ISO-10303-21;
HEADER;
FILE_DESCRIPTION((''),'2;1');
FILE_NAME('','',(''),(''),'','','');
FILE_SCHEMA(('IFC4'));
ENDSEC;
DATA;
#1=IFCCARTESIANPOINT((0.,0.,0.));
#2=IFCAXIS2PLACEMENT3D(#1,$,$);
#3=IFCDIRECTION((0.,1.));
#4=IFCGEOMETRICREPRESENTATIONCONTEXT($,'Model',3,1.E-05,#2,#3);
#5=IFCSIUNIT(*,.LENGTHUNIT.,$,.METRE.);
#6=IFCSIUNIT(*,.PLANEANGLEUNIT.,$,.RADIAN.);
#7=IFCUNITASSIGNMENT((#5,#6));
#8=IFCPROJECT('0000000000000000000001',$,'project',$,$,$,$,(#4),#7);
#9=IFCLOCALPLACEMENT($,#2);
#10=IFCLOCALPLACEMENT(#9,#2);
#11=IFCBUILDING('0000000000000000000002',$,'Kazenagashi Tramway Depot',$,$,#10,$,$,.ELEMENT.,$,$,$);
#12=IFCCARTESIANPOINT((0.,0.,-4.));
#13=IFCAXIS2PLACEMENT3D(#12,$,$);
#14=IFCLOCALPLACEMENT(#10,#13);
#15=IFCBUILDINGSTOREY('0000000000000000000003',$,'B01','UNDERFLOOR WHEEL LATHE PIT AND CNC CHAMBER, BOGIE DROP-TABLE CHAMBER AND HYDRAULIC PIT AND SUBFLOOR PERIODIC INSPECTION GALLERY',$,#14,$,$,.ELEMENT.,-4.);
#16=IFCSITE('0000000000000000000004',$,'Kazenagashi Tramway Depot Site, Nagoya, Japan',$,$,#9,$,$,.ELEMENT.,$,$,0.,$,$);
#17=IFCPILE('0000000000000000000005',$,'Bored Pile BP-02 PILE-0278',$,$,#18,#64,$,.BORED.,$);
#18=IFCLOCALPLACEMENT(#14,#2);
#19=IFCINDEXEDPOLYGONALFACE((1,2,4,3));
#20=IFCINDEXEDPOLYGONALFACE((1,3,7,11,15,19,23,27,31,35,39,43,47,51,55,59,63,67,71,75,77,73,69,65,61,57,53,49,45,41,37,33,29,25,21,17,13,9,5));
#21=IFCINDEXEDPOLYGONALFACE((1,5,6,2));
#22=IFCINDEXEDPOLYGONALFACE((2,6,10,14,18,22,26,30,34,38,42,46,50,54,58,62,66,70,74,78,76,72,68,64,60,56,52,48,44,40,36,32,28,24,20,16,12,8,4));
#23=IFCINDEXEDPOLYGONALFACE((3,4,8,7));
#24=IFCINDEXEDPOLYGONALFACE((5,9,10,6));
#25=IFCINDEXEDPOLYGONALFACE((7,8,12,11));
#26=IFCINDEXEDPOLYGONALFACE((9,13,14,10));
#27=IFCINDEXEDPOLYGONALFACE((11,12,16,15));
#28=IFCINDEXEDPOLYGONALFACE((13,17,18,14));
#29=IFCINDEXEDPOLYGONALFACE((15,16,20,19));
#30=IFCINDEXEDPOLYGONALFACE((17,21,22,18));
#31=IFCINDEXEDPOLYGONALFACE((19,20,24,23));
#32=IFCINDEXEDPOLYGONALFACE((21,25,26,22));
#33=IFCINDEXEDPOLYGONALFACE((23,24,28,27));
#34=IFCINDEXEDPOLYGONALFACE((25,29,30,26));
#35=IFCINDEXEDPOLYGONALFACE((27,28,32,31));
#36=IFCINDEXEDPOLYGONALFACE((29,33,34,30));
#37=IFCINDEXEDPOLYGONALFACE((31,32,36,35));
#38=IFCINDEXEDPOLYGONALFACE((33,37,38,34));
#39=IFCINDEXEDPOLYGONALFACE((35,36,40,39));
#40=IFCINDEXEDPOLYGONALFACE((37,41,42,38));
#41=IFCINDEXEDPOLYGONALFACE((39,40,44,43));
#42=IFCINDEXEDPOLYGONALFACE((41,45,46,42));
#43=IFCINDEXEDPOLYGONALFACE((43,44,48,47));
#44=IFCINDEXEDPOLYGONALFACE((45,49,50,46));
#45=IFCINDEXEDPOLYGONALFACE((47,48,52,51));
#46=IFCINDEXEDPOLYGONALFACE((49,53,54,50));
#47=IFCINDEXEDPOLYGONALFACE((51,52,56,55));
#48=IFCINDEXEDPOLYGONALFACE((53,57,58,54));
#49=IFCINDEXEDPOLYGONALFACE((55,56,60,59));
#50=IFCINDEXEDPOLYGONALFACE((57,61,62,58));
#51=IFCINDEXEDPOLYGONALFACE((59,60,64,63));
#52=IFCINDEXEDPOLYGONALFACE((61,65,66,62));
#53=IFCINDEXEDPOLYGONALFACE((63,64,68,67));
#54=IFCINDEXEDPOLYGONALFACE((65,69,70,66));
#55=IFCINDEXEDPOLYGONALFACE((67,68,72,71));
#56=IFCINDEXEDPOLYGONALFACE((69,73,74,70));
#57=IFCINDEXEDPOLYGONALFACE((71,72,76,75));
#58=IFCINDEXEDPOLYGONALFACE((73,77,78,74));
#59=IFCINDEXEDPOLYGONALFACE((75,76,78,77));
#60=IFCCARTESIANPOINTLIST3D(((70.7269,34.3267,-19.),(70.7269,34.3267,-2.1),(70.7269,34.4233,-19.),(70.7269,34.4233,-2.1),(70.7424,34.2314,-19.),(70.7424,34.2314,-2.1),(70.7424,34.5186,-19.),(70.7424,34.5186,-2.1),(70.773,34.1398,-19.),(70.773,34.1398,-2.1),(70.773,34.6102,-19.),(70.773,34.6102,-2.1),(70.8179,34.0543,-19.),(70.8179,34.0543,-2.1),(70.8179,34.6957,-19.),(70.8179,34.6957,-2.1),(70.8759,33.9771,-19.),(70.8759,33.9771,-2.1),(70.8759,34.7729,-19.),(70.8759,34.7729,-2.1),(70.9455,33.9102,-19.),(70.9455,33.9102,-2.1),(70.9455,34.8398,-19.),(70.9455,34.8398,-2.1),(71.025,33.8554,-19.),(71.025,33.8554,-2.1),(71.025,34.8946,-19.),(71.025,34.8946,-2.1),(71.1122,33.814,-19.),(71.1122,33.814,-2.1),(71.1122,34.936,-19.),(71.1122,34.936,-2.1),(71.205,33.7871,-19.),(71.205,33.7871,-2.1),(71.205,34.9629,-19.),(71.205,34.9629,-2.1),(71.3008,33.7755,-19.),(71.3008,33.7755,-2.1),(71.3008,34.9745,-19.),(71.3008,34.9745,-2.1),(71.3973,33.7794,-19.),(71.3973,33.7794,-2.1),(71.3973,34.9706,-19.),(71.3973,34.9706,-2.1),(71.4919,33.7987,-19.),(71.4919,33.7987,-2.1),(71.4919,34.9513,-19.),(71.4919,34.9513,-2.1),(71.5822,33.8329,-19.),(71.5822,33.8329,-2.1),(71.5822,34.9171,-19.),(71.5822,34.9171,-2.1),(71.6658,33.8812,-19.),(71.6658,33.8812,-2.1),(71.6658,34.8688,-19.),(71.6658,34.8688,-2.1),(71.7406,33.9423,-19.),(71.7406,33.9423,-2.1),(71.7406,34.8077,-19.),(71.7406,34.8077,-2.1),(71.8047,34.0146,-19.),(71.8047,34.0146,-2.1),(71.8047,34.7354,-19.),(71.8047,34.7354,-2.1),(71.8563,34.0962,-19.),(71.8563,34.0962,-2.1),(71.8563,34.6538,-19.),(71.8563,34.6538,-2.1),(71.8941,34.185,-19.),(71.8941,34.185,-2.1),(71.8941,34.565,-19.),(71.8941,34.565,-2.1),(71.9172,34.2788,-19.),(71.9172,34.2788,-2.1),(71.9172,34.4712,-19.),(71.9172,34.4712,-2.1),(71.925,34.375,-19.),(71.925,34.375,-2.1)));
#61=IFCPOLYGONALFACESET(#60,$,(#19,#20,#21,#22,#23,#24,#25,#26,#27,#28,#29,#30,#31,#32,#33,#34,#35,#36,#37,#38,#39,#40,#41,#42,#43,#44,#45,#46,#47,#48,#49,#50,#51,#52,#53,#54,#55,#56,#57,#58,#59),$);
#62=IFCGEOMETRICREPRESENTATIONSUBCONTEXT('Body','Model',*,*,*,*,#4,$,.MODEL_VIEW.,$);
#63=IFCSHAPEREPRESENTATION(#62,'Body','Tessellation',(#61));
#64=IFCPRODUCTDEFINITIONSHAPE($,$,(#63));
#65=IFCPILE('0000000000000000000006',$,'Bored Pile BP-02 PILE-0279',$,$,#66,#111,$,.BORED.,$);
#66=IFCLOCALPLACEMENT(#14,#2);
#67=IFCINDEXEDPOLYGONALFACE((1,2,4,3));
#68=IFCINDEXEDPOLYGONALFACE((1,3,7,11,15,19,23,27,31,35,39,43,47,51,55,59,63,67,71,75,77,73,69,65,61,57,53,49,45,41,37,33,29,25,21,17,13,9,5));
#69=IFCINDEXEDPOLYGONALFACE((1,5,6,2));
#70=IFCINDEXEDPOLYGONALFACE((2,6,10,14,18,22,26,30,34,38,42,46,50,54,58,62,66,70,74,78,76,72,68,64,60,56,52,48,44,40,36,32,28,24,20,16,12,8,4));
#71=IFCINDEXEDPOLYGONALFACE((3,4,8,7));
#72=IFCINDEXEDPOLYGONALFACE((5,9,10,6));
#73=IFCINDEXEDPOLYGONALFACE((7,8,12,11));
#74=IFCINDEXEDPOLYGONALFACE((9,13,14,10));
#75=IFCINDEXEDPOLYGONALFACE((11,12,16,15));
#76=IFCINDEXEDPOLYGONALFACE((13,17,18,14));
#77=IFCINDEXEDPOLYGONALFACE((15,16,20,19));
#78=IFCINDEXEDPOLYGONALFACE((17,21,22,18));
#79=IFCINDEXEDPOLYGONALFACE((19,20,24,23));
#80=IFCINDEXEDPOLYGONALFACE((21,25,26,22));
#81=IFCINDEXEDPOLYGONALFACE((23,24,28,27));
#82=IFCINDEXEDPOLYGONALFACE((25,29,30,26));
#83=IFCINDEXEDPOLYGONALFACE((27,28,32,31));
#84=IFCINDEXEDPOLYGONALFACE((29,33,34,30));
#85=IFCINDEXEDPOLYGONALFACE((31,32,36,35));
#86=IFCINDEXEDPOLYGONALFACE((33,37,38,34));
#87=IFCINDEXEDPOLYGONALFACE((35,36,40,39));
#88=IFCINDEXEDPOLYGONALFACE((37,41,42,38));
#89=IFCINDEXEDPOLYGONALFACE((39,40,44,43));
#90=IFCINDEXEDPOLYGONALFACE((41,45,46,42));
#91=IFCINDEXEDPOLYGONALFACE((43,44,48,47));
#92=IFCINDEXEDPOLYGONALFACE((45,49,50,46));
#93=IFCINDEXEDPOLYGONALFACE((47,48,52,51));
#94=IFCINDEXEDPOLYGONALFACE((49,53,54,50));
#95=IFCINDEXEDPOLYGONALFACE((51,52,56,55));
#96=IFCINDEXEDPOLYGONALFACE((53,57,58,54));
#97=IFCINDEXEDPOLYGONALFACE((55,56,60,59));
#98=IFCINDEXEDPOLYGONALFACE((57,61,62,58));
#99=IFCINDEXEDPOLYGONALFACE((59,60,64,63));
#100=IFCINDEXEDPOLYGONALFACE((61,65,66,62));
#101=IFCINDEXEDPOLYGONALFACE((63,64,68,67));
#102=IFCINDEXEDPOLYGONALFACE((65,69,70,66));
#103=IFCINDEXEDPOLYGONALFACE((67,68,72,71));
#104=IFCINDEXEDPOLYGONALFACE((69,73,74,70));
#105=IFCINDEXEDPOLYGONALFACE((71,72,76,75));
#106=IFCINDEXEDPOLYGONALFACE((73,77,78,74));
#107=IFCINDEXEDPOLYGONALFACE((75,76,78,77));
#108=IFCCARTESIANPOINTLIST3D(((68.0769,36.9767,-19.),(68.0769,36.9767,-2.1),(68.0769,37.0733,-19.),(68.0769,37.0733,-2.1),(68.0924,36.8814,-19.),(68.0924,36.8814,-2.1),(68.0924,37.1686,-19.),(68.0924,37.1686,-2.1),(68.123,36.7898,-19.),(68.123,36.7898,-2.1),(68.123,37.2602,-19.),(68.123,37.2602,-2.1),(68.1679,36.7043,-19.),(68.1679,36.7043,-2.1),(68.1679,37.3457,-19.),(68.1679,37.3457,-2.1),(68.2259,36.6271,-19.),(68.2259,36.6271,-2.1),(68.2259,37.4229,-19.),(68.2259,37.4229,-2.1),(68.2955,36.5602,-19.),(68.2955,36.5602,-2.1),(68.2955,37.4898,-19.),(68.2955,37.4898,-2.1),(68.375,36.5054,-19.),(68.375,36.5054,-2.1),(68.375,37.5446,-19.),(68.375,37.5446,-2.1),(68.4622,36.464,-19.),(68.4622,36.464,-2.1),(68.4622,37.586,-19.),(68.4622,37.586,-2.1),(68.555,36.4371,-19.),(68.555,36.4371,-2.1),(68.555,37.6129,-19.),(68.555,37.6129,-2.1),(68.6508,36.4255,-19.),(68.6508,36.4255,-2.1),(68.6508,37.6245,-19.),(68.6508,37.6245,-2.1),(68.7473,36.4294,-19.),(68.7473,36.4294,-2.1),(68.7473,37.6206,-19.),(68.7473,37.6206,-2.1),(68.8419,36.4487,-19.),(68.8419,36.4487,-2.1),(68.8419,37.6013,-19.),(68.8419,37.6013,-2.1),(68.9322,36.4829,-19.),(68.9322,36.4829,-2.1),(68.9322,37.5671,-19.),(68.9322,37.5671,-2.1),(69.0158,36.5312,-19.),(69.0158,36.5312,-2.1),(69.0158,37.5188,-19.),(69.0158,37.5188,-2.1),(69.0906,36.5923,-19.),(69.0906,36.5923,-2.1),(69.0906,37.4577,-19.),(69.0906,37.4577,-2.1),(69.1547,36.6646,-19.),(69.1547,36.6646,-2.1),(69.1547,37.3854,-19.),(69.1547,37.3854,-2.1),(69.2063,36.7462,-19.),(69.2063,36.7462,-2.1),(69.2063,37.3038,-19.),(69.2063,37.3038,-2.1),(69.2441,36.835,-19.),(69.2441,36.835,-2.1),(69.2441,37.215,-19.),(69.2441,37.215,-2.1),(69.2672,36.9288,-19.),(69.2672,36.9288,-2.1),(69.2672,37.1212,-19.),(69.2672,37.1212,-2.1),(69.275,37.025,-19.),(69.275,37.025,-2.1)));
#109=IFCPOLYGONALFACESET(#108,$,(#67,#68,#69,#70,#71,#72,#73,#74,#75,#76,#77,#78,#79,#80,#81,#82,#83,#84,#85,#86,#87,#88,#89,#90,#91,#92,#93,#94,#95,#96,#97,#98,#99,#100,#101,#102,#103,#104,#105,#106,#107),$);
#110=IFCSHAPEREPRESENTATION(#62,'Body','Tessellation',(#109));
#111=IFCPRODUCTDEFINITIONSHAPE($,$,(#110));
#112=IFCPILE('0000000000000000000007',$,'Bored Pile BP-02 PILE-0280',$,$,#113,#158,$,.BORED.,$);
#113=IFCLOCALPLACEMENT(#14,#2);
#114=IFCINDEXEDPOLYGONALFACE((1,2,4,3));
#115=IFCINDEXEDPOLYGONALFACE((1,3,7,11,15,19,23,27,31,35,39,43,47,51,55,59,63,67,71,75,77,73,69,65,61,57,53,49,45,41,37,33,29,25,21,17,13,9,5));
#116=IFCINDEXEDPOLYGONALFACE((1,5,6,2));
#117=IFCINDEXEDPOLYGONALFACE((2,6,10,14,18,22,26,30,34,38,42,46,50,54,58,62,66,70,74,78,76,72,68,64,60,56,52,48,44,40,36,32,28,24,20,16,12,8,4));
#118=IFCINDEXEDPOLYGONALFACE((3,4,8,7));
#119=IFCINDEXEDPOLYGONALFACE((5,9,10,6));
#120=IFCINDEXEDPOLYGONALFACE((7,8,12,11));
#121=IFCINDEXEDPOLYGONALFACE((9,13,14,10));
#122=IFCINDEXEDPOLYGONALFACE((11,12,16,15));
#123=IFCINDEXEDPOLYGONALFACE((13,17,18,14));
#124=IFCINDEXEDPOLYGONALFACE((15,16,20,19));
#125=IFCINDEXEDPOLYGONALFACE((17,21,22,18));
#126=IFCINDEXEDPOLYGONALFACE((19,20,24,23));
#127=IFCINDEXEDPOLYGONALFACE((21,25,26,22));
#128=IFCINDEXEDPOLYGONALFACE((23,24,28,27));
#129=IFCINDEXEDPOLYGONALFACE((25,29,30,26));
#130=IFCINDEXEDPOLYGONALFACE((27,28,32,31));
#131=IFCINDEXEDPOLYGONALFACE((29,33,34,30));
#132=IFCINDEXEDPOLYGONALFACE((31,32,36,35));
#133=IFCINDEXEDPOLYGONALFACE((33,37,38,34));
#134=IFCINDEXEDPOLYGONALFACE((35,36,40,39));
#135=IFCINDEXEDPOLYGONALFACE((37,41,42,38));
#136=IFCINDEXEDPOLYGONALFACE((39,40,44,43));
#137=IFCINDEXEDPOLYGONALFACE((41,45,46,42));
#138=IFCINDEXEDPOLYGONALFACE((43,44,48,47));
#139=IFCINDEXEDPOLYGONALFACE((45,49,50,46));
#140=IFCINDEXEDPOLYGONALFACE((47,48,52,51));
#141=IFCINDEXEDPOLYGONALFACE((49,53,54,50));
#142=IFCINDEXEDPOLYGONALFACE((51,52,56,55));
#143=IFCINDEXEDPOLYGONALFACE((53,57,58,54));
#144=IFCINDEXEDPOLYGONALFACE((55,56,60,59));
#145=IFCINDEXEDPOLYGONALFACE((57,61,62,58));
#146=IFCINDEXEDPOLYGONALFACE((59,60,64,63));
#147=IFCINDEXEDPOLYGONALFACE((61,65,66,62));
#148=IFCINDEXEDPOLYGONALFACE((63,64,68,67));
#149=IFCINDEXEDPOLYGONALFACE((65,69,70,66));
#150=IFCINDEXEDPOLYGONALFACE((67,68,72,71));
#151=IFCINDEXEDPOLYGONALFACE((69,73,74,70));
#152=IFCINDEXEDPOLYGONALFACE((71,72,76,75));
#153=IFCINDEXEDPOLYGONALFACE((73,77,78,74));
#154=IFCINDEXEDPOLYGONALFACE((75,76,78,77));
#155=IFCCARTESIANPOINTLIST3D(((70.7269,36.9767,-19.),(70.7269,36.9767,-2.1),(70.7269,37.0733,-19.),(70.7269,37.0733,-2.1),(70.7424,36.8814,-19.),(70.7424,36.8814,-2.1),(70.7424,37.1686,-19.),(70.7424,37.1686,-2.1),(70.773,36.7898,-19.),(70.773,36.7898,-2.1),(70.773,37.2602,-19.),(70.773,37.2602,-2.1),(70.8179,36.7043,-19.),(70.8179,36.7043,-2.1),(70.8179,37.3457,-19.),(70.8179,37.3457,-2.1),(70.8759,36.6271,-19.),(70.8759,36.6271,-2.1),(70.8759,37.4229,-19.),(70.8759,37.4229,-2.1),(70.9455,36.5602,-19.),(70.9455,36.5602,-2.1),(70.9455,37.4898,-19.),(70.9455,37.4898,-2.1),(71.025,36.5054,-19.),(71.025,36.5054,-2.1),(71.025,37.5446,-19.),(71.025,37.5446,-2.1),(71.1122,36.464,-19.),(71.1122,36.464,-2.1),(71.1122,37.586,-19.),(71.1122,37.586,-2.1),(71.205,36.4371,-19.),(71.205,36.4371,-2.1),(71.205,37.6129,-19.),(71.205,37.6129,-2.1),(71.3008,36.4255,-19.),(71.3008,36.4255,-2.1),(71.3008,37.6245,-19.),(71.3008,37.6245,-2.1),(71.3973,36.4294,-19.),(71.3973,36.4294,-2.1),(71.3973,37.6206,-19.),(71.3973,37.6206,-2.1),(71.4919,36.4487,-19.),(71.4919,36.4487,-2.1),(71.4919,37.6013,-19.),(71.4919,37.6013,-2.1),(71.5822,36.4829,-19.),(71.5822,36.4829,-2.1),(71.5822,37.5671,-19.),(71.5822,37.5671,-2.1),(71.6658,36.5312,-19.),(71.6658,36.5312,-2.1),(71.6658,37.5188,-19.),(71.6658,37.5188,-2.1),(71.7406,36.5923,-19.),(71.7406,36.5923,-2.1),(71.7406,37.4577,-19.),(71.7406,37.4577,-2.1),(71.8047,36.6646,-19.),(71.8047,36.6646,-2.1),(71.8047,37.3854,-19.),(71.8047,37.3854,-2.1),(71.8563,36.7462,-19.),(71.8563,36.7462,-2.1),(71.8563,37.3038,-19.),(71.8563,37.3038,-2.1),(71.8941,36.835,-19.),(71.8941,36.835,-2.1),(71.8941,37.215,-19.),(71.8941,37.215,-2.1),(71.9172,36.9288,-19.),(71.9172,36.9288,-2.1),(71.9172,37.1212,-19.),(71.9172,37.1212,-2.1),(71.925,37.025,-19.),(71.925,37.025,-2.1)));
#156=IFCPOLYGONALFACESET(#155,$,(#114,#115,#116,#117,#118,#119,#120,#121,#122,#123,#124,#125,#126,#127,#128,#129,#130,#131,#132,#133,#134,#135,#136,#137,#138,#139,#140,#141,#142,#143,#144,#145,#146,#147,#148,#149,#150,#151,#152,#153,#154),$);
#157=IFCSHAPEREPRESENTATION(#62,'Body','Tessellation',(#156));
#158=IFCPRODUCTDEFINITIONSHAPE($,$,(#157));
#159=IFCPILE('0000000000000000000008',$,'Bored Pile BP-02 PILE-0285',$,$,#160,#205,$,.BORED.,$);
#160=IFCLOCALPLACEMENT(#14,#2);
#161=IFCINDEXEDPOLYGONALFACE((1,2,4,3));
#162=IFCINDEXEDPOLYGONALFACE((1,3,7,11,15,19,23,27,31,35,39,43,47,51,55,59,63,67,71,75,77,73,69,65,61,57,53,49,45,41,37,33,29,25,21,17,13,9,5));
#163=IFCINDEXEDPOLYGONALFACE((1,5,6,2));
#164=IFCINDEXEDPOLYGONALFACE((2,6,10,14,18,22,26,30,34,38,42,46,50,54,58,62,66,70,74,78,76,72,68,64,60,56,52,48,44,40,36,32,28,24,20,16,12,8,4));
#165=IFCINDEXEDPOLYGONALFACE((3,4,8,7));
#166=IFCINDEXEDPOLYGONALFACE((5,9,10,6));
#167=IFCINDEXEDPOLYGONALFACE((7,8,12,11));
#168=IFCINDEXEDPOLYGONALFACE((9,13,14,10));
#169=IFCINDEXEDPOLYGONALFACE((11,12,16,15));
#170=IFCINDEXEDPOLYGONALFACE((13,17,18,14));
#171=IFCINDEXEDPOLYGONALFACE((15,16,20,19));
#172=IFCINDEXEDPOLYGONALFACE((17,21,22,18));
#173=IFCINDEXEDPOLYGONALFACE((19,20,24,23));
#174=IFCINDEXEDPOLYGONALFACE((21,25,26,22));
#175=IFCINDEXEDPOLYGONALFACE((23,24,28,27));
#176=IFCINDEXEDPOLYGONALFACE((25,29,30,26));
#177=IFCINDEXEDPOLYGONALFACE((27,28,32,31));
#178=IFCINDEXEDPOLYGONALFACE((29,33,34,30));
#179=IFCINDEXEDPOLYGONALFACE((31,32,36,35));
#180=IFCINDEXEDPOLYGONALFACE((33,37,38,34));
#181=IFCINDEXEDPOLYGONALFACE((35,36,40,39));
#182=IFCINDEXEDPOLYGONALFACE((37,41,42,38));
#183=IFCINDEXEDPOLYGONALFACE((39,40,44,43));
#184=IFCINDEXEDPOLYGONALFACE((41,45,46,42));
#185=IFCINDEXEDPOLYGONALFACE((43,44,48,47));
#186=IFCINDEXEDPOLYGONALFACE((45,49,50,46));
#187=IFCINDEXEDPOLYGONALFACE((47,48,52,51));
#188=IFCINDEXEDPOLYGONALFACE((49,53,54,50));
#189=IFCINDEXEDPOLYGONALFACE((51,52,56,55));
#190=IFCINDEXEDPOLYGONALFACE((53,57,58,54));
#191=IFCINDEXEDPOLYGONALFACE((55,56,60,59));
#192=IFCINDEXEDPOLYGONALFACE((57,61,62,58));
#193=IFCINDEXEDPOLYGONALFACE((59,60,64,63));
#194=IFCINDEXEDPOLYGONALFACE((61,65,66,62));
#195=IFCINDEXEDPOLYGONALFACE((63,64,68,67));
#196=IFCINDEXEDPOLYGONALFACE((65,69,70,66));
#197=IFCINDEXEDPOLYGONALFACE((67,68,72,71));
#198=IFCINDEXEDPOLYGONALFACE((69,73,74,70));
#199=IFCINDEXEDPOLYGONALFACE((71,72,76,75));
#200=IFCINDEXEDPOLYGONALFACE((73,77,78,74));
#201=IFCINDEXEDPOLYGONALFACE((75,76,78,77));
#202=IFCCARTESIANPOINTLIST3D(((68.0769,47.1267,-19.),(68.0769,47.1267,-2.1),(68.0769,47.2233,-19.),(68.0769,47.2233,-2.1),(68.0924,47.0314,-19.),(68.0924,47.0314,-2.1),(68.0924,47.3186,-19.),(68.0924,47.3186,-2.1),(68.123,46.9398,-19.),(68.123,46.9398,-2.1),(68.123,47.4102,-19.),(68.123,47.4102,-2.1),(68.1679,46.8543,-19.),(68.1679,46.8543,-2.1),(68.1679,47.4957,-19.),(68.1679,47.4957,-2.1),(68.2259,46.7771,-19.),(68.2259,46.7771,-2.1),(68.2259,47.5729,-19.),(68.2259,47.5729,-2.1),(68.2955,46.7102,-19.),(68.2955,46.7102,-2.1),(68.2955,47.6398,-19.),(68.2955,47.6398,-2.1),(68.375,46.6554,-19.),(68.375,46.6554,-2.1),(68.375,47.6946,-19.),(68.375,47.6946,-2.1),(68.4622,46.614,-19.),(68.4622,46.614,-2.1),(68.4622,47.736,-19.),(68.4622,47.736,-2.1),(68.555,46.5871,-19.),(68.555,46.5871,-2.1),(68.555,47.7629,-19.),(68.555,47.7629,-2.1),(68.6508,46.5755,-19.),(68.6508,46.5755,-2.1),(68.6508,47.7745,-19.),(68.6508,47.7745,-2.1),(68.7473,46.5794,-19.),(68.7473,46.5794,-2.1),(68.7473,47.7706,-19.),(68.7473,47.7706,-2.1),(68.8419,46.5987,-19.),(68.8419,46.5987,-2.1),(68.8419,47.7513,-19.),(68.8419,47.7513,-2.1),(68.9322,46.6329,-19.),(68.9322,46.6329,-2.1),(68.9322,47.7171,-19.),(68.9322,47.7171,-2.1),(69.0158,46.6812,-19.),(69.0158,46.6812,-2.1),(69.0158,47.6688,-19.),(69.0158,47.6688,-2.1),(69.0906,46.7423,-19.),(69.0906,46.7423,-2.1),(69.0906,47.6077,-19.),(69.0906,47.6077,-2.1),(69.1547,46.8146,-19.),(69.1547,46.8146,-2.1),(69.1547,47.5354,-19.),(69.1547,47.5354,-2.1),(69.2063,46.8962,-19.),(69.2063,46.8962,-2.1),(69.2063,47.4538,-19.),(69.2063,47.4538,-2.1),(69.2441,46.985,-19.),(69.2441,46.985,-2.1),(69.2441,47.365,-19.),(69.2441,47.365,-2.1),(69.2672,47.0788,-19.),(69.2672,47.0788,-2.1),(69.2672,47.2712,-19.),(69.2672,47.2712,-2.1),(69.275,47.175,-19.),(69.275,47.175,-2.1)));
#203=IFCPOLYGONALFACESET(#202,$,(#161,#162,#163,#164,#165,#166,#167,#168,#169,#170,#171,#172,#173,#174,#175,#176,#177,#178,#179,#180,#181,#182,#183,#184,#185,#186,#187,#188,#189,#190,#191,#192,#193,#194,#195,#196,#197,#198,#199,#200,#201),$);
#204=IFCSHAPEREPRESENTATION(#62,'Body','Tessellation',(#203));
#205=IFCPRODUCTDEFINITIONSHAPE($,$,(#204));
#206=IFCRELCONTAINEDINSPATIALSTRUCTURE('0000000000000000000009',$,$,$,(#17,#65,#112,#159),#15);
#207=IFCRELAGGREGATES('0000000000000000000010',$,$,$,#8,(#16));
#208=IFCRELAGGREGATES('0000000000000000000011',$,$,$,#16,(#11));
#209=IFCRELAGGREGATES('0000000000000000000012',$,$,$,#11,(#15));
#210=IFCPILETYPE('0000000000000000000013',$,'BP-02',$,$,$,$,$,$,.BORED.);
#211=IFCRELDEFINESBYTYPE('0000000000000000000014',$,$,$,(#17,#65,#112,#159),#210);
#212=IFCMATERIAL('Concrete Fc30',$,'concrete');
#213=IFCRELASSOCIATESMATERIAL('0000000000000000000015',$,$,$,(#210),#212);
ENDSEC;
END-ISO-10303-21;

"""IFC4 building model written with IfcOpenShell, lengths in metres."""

from ifc_helpers import new_model, si_unit, direction, frame, origin, origin_2d, place, context, subcontext, project, spatial, circle, extrude, material, material_profile, profile_set, type_object, element, save


model = new_model("IFC4")

# Units and contexts
model_context = context("Model", 3, precision=1e-05, world=origin(), true_north=direction((0.0, 1.0)))
body_context = subcontext(model_context, "Body", "Model", "MODEL_VIEW")
ifc_project = project(units=[si_unit("LENGTHUNIT", "METRE"), si_unit("PLANEANGLEUNIT", "RADIAN")], contexts=[model_context])

# Site, building, storey
site_placement = place(None, origin())
site = spatial("IfcSite", under=ifc_project, at=site_placement, Name="Kazenagashi Tramway Depot Site, Nagoya, Japan", CompositionType="ELEMENT", RefElevation=0.0)
building_placement = place(site_placement, origin())
building = spatial("IfcBuilding", under=site, at=building_placement, Name="Kazenagashi Tramway Depot", CompositionType="ELEMENT")
storey_placement = place(building_placement, frame((0.0, 0.0, -4.0)))
storey = spatial("IfcBuildingStorey", under=building, at=storey_placement, Name="B01", Description="UNDERFLOOR WHEEL LATHE PIT AND CNC CHAMBER, BOGIE DROP-TABLE CHAMBER AND HYDRAULIC PIT AND SUBFLOOR PERIODIC INSPECTION GALLERY", CompositionType="ELEMENT", Elevation=-4.0)

# Piles
ifc_material_1 = material(Name="Concrete Fc30", Category="concrete")
ifc_material_profile_1 = material_profile(ifc_material_1, circle(Radius=0.6, at=origin_2d()), Name="PILE-1200")
ifc_profile_set_1 = profile_set([ifc_material_profile_1], Name="Concrete Fc30")
pile_type = type_object("IfcPileType", Name="BP-02", PredefinedType="BORED", material=ifc_profile_set_1)
for number, where, z_axis, x_axis, name in (
    (1, (71.325, 34.375, -2.1), (0.0, 0.0, -1.0), (1.0, 0.0, 0.0), "Bored Pile BP-02 PILE-0278"),
    (2, (68.675, 37.025, -2.1), (0.0, 0.0, -1.0), (1.0, 0.0, 0.0), "Bored Pile BP-02 PILE-0279"),
    (3, (71.325, 37.025, -2.1), (0.0, 0.0, -1.0), (1.0, 0.0, 0.0), "Bored Pile BP-02 PILE-0280"),
    (4, (68.675, 47.175, -2.1), (0.0, 0.0, -1.0), (1.0, 0.0, 0.0), "Bored Pile BP-02 PILE-0285"),
):
    element("IfcPile", number, at=place(storey_placement, frame(where, z_axis=z_axis, x_axis=x_axis)), inside=storey, type_object=pile_type, Name=name, PredefinedType="BORED", context=body_context, shape_type="SweptSolid", body=[
        extrude(circle(Radius=0.6, at=origin_2d()), origin(), (0.0, 0.0, 1.0), 16.9),
    ])

save(model, "model.ifc")
